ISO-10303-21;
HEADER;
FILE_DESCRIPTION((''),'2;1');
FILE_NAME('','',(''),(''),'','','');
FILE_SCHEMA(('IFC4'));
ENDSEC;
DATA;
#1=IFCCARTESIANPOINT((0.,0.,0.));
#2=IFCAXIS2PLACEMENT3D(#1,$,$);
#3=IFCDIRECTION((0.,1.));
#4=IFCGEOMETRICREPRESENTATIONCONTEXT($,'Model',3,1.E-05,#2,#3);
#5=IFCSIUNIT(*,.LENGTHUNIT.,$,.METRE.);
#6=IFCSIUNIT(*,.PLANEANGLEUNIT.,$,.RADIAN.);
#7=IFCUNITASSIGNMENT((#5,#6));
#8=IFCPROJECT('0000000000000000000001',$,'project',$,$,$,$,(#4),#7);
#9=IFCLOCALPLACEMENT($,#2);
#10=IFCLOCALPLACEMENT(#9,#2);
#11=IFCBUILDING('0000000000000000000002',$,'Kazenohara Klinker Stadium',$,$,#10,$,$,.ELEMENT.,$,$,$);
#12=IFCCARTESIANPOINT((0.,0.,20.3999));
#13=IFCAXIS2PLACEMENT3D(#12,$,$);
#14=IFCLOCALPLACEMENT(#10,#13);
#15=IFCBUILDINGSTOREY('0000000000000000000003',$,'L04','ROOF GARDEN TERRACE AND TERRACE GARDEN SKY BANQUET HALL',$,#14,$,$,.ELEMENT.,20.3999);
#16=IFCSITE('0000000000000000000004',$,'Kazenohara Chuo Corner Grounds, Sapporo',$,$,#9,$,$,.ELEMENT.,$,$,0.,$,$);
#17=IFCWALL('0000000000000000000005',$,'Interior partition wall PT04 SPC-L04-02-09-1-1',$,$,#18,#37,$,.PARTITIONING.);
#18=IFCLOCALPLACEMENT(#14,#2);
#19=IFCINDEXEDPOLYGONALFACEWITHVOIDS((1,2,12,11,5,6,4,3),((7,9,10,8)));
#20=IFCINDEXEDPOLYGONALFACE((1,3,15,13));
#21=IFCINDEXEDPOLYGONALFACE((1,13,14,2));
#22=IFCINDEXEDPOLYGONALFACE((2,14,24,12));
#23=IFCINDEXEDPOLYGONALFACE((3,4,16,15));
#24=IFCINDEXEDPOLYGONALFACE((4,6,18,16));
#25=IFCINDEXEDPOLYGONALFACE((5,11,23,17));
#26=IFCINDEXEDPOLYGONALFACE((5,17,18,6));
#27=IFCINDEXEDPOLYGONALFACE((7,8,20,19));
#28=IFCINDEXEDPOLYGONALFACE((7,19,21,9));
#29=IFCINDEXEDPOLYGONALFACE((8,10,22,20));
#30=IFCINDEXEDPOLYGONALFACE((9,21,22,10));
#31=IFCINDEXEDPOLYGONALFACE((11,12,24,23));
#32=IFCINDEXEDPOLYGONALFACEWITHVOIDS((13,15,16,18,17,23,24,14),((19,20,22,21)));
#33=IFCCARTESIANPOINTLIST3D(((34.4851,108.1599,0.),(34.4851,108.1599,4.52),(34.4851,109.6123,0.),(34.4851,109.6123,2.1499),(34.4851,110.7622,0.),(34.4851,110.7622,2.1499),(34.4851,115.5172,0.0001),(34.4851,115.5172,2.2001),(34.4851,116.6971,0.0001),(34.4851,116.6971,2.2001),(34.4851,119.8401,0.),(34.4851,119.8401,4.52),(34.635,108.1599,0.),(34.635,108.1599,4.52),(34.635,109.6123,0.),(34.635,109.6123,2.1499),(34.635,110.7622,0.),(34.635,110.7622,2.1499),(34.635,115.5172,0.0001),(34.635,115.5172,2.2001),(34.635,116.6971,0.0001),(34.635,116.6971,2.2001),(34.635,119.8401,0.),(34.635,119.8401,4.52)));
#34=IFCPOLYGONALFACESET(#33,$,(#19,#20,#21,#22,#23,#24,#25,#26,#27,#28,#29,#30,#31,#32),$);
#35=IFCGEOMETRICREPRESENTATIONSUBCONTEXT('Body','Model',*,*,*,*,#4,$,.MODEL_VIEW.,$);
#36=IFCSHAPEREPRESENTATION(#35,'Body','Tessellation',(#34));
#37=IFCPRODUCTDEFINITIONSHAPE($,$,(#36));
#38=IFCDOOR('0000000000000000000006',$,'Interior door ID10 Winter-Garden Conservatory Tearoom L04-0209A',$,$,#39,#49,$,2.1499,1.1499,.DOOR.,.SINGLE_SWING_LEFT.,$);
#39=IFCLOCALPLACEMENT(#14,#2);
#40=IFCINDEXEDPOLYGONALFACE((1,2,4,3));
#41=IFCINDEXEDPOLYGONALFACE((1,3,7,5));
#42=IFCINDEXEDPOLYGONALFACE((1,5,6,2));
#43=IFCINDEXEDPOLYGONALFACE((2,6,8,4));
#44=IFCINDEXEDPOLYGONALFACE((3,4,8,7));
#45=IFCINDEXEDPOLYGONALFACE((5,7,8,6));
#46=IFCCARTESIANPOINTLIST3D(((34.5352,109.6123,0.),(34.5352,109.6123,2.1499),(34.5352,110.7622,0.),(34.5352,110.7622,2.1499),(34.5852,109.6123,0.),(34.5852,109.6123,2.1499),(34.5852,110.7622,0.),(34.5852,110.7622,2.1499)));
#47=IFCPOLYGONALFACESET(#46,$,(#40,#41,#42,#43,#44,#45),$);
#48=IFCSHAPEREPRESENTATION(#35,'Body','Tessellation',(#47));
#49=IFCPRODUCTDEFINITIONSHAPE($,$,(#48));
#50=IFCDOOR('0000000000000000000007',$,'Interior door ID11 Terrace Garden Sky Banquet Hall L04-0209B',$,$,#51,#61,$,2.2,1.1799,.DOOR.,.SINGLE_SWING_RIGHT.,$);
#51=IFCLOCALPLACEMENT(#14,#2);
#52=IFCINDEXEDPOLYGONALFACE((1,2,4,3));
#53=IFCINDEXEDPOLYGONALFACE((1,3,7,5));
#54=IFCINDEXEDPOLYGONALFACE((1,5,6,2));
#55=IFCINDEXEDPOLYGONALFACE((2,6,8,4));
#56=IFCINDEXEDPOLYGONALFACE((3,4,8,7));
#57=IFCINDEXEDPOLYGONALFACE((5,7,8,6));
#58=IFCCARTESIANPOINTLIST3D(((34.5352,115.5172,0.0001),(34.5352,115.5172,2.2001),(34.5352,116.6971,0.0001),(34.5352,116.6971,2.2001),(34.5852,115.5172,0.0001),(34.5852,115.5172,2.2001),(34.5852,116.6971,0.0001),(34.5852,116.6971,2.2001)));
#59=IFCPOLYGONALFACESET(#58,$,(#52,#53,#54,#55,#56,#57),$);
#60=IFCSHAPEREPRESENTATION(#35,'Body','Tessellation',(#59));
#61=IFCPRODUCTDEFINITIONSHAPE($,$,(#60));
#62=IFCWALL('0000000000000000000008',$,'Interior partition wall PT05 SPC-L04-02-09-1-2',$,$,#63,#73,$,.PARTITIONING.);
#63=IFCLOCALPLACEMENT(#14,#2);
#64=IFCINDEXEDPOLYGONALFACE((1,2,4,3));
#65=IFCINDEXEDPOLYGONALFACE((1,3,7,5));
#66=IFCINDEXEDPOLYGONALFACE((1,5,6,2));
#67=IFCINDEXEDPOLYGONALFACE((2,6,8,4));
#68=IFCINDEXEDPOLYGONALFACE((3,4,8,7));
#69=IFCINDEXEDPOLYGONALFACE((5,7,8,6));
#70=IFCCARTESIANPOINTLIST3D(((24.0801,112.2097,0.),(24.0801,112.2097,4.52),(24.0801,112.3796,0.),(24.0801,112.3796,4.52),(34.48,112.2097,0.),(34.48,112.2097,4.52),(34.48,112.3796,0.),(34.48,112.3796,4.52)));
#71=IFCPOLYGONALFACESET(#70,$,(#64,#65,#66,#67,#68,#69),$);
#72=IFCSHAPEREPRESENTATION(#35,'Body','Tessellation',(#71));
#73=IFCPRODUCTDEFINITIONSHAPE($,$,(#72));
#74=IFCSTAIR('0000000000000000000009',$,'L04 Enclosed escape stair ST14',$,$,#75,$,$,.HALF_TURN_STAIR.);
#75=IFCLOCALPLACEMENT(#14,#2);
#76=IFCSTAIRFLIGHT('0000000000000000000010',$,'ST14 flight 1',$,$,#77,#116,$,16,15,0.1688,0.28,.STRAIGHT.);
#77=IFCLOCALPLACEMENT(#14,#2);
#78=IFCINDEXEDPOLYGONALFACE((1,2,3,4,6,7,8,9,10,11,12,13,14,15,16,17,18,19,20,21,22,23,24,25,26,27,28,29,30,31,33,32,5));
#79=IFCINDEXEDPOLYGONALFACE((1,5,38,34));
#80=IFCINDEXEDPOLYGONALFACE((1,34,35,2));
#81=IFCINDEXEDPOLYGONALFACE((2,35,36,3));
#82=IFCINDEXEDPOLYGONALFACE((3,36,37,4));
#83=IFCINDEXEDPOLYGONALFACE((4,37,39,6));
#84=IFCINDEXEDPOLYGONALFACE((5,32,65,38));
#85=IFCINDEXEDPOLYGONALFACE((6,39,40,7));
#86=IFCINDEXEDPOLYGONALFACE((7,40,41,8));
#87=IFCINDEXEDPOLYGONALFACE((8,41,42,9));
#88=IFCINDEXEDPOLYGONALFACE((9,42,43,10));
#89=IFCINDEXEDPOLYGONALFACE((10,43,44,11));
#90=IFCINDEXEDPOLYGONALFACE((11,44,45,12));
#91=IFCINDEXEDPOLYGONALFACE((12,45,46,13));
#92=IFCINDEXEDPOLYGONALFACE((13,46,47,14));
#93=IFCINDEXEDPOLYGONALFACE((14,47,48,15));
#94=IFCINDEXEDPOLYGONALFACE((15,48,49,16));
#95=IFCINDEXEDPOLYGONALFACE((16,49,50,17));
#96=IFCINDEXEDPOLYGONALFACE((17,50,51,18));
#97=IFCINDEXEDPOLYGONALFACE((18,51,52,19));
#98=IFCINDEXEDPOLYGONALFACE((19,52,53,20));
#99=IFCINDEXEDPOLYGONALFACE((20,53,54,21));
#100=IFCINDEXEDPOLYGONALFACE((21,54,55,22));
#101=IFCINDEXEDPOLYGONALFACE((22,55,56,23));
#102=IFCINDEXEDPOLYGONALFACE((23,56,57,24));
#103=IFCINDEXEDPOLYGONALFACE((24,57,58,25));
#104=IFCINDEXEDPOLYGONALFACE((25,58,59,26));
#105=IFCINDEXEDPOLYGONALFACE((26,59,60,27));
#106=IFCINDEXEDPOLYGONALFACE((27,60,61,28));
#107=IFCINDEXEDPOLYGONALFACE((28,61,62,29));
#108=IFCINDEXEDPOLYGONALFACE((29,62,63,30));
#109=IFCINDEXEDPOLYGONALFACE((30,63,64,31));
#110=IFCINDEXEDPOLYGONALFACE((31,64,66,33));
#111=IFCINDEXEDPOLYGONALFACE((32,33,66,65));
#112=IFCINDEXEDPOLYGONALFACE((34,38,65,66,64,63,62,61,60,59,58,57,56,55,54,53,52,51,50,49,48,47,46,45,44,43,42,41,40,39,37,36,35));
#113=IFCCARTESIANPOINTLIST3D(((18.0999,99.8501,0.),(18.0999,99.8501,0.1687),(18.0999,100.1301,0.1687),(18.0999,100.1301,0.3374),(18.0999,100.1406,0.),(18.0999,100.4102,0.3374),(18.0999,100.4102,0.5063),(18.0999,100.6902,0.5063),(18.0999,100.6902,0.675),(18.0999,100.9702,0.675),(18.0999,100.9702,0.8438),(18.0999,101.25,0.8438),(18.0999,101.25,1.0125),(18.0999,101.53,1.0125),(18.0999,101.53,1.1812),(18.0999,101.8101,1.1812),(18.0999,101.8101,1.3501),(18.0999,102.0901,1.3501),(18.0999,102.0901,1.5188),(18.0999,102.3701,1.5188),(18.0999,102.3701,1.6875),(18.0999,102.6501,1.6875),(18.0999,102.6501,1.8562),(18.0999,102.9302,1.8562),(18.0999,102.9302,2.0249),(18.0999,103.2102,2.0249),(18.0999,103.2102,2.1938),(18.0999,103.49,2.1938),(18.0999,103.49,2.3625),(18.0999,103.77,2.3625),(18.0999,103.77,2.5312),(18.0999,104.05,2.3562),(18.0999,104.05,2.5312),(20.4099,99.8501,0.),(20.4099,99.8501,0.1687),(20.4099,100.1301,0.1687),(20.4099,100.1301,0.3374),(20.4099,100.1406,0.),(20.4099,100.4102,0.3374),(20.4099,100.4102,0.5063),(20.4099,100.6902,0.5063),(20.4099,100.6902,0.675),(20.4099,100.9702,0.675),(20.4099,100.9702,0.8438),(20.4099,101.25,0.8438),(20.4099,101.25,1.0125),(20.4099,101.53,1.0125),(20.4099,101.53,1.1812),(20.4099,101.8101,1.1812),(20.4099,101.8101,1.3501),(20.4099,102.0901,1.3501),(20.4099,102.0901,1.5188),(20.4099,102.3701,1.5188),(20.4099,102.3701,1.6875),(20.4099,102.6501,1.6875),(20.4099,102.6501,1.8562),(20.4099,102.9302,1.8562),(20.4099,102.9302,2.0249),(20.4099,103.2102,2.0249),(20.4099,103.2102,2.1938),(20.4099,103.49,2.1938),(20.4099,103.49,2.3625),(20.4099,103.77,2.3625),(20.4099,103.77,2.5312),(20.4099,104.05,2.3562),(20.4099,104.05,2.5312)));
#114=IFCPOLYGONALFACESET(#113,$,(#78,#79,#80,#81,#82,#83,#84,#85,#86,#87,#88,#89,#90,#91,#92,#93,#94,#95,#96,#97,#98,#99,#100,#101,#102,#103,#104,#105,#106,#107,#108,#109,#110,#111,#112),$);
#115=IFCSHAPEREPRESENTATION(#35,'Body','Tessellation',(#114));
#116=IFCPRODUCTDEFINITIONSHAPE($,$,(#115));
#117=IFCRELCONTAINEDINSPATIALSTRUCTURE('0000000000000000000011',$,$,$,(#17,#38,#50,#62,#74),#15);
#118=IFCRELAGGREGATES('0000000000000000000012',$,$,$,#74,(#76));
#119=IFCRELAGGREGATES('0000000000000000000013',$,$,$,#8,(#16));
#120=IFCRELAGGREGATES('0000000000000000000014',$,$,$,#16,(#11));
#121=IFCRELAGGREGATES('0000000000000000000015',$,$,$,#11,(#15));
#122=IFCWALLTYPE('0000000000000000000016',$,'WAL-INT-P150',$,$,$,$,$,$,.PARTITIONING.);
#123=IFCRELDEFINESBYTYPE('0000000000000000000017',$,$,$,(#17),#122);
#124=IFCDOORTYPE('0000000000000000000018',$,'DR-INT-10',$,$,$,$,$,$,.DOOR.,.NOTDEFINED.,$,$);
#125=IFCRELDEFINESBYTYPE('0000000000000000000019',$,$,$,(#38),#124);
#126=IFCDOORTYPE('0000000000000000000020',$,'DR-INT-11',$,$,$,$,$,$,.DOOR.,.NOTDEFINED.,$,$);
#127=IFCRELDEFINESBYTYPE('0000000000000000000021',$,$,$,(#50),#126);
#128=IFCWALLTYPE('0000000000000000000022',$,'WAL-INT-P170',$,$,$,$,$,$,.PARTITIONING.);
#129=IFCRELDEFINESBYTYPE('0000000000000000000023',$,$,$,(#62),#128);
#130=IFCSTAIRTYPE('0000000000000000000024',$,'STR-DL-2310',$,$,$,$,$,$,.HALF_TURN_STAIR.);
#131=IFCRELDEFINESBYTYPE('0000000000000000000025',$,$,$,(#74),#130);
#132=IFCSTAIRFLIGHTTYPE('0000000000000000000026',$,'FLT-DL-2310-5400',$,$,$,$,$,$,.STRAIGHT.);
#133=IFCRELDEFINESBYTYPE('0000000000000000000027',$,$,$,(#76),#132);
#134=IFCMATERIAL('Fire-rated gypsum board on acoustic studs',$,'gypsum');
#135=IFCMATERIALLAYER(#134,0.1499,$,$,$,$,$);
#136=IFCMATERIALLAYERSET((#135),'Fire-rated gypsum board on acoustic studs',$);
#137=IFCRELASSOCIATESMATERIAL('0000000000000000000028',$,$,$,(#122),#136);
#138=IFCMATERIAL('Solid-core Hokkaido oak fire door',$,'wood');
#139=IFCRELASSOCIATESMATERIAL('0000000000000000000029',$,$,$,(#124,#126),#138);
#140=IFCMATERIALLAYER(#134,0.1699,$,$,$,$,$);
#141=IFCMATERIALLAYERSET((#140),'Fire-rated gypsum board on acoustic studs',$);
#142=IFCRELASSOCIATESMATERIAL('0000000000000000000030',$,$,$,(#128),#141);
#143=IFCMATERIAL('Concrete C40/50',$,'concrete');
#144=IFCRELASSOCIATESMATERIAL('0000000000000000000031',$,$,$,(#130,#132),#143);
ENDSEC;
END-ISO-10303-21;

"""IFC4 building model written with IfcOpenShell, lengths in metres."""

from ifc_helpers import new_model, si_unit, direction, frame, frame_2d, origin, place, context, subcontext, project, spatial, polyline, rectangle, outline, extrude, material, layer, layer_set, type_object, element, fill, aggregate, save


model = new_model("IFC4")

# Units and contexts
model_context = context("Model", 3, precision=1e-05, world=origin(), true_north=direction((0.0, 1.0)))
body_context = subcontext(model_context, "Body", "Model", "MODEL_VIEW")
ifc_project = project(units=[si_unit("LENGTHUNIT", "METRE"), si_unit("PLANEANGLEUNIT", "RADIAN")], contexts=[model_context])

# Site, building, storey
site_placement = place(None, origin())
site = spatial("IfcSite", under=ifc_project, at=site_placement, Name="Kazenohara Chuo Corner Grounds, Sapporo", CompositionType="ELEMENT", RefElevation=0.0)
building_placement = place(site_placement, origin())
building = spatial("IfcBuilding", under=site, at=building_placement, Name="Kazenohara Klinker Stadium", CompositionType="ELEMENT")
storey_placement = place(building_placement, frame((0.0, 0.0, 20.3999)))
storey = spatial("IfcBuildingStorey", under=building, at=storey_placement, Name="L04", Description="ROOF GARDEN TERRACE AND TERRACE GARDEN SKY BANQUET HALL", CompositionType="ELEMENT", Elevation=20.3999)

# Shared definitions
ifc_material_1 = material(Name="Concrete C40/50", Category="concrete")

# Shared definitions
ifc_material_2 = material(Name="Fire-rated gypsum board on acoustic studs", Category="gypsum")
ifc_material_3 = material(Name="Solid-core Hokkaido oak fire door", Category="wood")

# Wall, openings, doors
ifc_layer_1 = layer(ifc_material_2, 0.1499)
ifc_layer_set_1 = layer_set([ifc_layer_1], Name="Fire-rated gypsum board on acoustic studs")
wall_type_1 = type_object("IfcWallType", Name="WAL-INT-P150", PredefinedType="PARTITIONING", material=ifc_layer_set_1)
wall_1_placement = place(storey_placement, frame((34.5601, 108.1599, 0.0), z_axis=(0.0, 0.0, 1.0), x_axis=(0.0, 1.0, 0.0)))
wall_1 = element("IfcWall", 1, at=wall_1_placement, inside=storey, type_object=wall_type_1, Name="Interior partition wall PT04 SPC-L04-02-09-1-1", PredefinedType="PARTITIONING", context=body_context, shape_type="SweptSolid", body=[
    extrude(rectangle(XDim=11.6802, YDim=0.1499, at=frame_2d((5.8401, 0.0))), origin(), (0.0, 0.0, 1.0), 4.52),
])
opening_1_placement = place(wall_1_placement, frame((1.4524, 0.0, 0.0)))
opening_1 = element("IfcOpeningElement", 2, at=opening_1_placement, cuts=wall_1, PredefinedType="OPENING", context=body_context, shape_type="SweptSolid", body=[
    extrude(rectangle(XDim=1.1499, YDim=2.1499, at=frame_2d((0.575, 1.075))), frame((0.0, 0.085, 0.0), z_axis=(0.0, -1.0, 0.0), x_axis=(1.0, 0.0, 0.0)), (0.0, 0.0, 1.0), 0.1699),
])
opening_2_placement = place(wall_1_placement, frame((7.3574, 0.0, 0.0)))
opening_2 = element("IfcOpeningElement", 3, at=opening_2_placement, cuts=wall_1, PredefinedType="OPENING", context=body_context, shape_type="SweptSolid", body=[
    extrude(rectangle(XDim=1.1799, YDim=2.2, at=frame_2d((0.5898, 1.1001))), frame((0.0, 0.085, 0.0), z_axis=(0.0, -1.0, 0.0), x_axis=(1.0, 0.0, 0.0)), (0.0, 0.0, 1.0), 0.1699),
])
door_type_1 = type_object("IfcDoorType", Name="DR-INT-10", OperationType="NOTDEFINED", PredefinedType="DOOR", material=ifc_material_3)
door_1_placement = place(opening_1_placement, origin())
door_1 = element("IfcDoor", 4, at=door_1_placement, inside=storey, type_object=door_type_1, Name="Interior door ID10 Winter-Garden Conservatory Tearoom L04-0209A", OperationType="SINGLE_SWING_LEFT", OverallHeight=2.1499, OverallWidth=1.1499, PredefinedType="DOOR", context=body_context, shape_type="SweptSolid", body=[
    extrude(rectangle(XDim=1.1499, YDim=2.1499, at=frame_2d((0.575, 1.075))), frame((0.0, 0.0249, 0.0), z_axis=(0.0, -1.0, 0.0), x_axis=(1.0, 0.0, 0.0)), (0.0, 0.0, 1.0), 0.05),
])
fill(opening_1, door_1)
door_type_2 = type_object("IfcDoorType", Name="DR-INT-11", OperationType="NOTDEFINED", PredefinedType="DOOR", material=ifc_material_3)
door_2_placement = place(opening_2_placement, origin())
door_2 = element("IfcDoor", 5, at=door_2_placement, inside=storey, type_object=door_type_2, Name="Interior door ID11 Terrace Garden Sky Banquet Hall L04-0209B", OperationType="SINGLE_SWING_RIGHT", OverallHeight=2.2, OverallWidth=1.1799, PredefinedType="DOOR", context=body_context, shape_type="SweptSolid", body=[
    extrude(rectangle(XDim=1.1799, YDim=2.2, at=frame_2d((0.5898, 1.1001))), frame((0.0, 0.0249, 0.0), z_axis=(0.0, -1.0, 0.0), x_axis=(1.0, 0.0, 0.0)), (0.0, 0.0, 1.0), 0.05),
])
fill(opening_2, door_2)

# Wall
ifc_layer_2 = layer(ifc_material_2, 0.1699)
ifc_layer_set_2 = layer_set([ifc_layer_2], Name="Fire-rated gypsum board on acoustic studs")
wall_type_2 = type_object("IfcWallType", Name="WAL-INT-P170", PredefinedType="PARTITIONING", material=ifc_layer_set_2)
wall_2_placement = place(storey_placement, frame((24.0801, 112.2947, 0.0), z_axis=(0.0, 0.0, 1.0), x_axis=(1.0, 0.0, 0.0)))
element("IfcWall", 6, at=wall_2_placement, inside=storey, type_object=wall_type_2, Name="Interior partition wall PT05 SPC-L04-02-09-1-2", PredefinedType="PARTITIONING", context=body_context, shape_type="SweptSolid", body=[
    extrude(rectangle(XDim=10.3999, YDim=0.1699, at=frame_2d((5.2, 0.0))), origin(), (0.0, 0.0, 1.0), 4.52),
])

# Stair, stair flight
stair_type = type_object("IfcStairType", Name="STR-DL-2310", PredefinedType="HALF_TURN_STAIR", material=ifc_material_1)
stair_placement = place(storey_placement, origin())
stair = element("IfcStair", 7, at=stair_placement, inside=storey, type_object=stair_type, Name="L04 Enclosed escape stair ST14", PredefinedType="HALF_TURN_STAIR")
stair_flight_type = type_object("IfcStairFlightType", Name="FLT-DL-2310-5400", PredefinedType="STRAIGHT", material=ifc_material_1)
stair_flight_placement = place(storey_placement, frame((19.2549, 99.8501, 0.0), z_axis=(0.0, 0.0, 1.0), x_axis=(0.0, 1.0, 0.0)))
stair_flight = element("IfcStairFlight", 8, at=stair_flight_placement, type_object=stair_flight_type, Name="ST14 flight 1", NumberOfRisers=16, NumberOfTreads=15, PredefinedType="STRAIGHT", RiserHeight=0.1688, TreadLength=0.28, context=body_context, shape_type="SweptSolid", body=[
    extrude(outline(polyline([(0.0, 0.0), (0.0, 0.1687), (0.28, 0.1687), (0.28, 0.3374), (0.5601, 0.3374), (0.5601, 0.5063), (0.8401, 0.5063), (0.8401, 0.675), (1.1201, 0.675), (1.1201, 0.8438), (1.3999, 0.8438), (1.3999, 1.0125), (1.6799, 1.0125), (1.6799, 1.1812), (1.96, 1.1812), (1.96, 1.3501), (2.24, 1.3501), (2.24, 1.5188), (2.52, 1.5188), (2.52, 1.6875), (2.8, 1.6875), (2.8, 1.8562), (3.0801, 1.8562), (3.0801, 2.0249), (3.3601, 2.0249), (3.3601, 2.1938), (3.6399, 2.1938), (3.6399, 2.3625), (3.9199, 2.3625), (3.9199, 2.5312), (4.2, 2.5312), (4.2, 2.7), (4.2, 2.3562), (0.2905, 0.0), (0.0, 0.0)])), frame((0.0, 1.155, 0.0), z_axis=(0.0, -1.0, 0.0), x_axis=(1.0, 0.0, 0.0)), (0.0, 0.0, 1.0), 2.3101),
])
aggregate(stair, [stair_flight])

save(model, "model.ifc")
